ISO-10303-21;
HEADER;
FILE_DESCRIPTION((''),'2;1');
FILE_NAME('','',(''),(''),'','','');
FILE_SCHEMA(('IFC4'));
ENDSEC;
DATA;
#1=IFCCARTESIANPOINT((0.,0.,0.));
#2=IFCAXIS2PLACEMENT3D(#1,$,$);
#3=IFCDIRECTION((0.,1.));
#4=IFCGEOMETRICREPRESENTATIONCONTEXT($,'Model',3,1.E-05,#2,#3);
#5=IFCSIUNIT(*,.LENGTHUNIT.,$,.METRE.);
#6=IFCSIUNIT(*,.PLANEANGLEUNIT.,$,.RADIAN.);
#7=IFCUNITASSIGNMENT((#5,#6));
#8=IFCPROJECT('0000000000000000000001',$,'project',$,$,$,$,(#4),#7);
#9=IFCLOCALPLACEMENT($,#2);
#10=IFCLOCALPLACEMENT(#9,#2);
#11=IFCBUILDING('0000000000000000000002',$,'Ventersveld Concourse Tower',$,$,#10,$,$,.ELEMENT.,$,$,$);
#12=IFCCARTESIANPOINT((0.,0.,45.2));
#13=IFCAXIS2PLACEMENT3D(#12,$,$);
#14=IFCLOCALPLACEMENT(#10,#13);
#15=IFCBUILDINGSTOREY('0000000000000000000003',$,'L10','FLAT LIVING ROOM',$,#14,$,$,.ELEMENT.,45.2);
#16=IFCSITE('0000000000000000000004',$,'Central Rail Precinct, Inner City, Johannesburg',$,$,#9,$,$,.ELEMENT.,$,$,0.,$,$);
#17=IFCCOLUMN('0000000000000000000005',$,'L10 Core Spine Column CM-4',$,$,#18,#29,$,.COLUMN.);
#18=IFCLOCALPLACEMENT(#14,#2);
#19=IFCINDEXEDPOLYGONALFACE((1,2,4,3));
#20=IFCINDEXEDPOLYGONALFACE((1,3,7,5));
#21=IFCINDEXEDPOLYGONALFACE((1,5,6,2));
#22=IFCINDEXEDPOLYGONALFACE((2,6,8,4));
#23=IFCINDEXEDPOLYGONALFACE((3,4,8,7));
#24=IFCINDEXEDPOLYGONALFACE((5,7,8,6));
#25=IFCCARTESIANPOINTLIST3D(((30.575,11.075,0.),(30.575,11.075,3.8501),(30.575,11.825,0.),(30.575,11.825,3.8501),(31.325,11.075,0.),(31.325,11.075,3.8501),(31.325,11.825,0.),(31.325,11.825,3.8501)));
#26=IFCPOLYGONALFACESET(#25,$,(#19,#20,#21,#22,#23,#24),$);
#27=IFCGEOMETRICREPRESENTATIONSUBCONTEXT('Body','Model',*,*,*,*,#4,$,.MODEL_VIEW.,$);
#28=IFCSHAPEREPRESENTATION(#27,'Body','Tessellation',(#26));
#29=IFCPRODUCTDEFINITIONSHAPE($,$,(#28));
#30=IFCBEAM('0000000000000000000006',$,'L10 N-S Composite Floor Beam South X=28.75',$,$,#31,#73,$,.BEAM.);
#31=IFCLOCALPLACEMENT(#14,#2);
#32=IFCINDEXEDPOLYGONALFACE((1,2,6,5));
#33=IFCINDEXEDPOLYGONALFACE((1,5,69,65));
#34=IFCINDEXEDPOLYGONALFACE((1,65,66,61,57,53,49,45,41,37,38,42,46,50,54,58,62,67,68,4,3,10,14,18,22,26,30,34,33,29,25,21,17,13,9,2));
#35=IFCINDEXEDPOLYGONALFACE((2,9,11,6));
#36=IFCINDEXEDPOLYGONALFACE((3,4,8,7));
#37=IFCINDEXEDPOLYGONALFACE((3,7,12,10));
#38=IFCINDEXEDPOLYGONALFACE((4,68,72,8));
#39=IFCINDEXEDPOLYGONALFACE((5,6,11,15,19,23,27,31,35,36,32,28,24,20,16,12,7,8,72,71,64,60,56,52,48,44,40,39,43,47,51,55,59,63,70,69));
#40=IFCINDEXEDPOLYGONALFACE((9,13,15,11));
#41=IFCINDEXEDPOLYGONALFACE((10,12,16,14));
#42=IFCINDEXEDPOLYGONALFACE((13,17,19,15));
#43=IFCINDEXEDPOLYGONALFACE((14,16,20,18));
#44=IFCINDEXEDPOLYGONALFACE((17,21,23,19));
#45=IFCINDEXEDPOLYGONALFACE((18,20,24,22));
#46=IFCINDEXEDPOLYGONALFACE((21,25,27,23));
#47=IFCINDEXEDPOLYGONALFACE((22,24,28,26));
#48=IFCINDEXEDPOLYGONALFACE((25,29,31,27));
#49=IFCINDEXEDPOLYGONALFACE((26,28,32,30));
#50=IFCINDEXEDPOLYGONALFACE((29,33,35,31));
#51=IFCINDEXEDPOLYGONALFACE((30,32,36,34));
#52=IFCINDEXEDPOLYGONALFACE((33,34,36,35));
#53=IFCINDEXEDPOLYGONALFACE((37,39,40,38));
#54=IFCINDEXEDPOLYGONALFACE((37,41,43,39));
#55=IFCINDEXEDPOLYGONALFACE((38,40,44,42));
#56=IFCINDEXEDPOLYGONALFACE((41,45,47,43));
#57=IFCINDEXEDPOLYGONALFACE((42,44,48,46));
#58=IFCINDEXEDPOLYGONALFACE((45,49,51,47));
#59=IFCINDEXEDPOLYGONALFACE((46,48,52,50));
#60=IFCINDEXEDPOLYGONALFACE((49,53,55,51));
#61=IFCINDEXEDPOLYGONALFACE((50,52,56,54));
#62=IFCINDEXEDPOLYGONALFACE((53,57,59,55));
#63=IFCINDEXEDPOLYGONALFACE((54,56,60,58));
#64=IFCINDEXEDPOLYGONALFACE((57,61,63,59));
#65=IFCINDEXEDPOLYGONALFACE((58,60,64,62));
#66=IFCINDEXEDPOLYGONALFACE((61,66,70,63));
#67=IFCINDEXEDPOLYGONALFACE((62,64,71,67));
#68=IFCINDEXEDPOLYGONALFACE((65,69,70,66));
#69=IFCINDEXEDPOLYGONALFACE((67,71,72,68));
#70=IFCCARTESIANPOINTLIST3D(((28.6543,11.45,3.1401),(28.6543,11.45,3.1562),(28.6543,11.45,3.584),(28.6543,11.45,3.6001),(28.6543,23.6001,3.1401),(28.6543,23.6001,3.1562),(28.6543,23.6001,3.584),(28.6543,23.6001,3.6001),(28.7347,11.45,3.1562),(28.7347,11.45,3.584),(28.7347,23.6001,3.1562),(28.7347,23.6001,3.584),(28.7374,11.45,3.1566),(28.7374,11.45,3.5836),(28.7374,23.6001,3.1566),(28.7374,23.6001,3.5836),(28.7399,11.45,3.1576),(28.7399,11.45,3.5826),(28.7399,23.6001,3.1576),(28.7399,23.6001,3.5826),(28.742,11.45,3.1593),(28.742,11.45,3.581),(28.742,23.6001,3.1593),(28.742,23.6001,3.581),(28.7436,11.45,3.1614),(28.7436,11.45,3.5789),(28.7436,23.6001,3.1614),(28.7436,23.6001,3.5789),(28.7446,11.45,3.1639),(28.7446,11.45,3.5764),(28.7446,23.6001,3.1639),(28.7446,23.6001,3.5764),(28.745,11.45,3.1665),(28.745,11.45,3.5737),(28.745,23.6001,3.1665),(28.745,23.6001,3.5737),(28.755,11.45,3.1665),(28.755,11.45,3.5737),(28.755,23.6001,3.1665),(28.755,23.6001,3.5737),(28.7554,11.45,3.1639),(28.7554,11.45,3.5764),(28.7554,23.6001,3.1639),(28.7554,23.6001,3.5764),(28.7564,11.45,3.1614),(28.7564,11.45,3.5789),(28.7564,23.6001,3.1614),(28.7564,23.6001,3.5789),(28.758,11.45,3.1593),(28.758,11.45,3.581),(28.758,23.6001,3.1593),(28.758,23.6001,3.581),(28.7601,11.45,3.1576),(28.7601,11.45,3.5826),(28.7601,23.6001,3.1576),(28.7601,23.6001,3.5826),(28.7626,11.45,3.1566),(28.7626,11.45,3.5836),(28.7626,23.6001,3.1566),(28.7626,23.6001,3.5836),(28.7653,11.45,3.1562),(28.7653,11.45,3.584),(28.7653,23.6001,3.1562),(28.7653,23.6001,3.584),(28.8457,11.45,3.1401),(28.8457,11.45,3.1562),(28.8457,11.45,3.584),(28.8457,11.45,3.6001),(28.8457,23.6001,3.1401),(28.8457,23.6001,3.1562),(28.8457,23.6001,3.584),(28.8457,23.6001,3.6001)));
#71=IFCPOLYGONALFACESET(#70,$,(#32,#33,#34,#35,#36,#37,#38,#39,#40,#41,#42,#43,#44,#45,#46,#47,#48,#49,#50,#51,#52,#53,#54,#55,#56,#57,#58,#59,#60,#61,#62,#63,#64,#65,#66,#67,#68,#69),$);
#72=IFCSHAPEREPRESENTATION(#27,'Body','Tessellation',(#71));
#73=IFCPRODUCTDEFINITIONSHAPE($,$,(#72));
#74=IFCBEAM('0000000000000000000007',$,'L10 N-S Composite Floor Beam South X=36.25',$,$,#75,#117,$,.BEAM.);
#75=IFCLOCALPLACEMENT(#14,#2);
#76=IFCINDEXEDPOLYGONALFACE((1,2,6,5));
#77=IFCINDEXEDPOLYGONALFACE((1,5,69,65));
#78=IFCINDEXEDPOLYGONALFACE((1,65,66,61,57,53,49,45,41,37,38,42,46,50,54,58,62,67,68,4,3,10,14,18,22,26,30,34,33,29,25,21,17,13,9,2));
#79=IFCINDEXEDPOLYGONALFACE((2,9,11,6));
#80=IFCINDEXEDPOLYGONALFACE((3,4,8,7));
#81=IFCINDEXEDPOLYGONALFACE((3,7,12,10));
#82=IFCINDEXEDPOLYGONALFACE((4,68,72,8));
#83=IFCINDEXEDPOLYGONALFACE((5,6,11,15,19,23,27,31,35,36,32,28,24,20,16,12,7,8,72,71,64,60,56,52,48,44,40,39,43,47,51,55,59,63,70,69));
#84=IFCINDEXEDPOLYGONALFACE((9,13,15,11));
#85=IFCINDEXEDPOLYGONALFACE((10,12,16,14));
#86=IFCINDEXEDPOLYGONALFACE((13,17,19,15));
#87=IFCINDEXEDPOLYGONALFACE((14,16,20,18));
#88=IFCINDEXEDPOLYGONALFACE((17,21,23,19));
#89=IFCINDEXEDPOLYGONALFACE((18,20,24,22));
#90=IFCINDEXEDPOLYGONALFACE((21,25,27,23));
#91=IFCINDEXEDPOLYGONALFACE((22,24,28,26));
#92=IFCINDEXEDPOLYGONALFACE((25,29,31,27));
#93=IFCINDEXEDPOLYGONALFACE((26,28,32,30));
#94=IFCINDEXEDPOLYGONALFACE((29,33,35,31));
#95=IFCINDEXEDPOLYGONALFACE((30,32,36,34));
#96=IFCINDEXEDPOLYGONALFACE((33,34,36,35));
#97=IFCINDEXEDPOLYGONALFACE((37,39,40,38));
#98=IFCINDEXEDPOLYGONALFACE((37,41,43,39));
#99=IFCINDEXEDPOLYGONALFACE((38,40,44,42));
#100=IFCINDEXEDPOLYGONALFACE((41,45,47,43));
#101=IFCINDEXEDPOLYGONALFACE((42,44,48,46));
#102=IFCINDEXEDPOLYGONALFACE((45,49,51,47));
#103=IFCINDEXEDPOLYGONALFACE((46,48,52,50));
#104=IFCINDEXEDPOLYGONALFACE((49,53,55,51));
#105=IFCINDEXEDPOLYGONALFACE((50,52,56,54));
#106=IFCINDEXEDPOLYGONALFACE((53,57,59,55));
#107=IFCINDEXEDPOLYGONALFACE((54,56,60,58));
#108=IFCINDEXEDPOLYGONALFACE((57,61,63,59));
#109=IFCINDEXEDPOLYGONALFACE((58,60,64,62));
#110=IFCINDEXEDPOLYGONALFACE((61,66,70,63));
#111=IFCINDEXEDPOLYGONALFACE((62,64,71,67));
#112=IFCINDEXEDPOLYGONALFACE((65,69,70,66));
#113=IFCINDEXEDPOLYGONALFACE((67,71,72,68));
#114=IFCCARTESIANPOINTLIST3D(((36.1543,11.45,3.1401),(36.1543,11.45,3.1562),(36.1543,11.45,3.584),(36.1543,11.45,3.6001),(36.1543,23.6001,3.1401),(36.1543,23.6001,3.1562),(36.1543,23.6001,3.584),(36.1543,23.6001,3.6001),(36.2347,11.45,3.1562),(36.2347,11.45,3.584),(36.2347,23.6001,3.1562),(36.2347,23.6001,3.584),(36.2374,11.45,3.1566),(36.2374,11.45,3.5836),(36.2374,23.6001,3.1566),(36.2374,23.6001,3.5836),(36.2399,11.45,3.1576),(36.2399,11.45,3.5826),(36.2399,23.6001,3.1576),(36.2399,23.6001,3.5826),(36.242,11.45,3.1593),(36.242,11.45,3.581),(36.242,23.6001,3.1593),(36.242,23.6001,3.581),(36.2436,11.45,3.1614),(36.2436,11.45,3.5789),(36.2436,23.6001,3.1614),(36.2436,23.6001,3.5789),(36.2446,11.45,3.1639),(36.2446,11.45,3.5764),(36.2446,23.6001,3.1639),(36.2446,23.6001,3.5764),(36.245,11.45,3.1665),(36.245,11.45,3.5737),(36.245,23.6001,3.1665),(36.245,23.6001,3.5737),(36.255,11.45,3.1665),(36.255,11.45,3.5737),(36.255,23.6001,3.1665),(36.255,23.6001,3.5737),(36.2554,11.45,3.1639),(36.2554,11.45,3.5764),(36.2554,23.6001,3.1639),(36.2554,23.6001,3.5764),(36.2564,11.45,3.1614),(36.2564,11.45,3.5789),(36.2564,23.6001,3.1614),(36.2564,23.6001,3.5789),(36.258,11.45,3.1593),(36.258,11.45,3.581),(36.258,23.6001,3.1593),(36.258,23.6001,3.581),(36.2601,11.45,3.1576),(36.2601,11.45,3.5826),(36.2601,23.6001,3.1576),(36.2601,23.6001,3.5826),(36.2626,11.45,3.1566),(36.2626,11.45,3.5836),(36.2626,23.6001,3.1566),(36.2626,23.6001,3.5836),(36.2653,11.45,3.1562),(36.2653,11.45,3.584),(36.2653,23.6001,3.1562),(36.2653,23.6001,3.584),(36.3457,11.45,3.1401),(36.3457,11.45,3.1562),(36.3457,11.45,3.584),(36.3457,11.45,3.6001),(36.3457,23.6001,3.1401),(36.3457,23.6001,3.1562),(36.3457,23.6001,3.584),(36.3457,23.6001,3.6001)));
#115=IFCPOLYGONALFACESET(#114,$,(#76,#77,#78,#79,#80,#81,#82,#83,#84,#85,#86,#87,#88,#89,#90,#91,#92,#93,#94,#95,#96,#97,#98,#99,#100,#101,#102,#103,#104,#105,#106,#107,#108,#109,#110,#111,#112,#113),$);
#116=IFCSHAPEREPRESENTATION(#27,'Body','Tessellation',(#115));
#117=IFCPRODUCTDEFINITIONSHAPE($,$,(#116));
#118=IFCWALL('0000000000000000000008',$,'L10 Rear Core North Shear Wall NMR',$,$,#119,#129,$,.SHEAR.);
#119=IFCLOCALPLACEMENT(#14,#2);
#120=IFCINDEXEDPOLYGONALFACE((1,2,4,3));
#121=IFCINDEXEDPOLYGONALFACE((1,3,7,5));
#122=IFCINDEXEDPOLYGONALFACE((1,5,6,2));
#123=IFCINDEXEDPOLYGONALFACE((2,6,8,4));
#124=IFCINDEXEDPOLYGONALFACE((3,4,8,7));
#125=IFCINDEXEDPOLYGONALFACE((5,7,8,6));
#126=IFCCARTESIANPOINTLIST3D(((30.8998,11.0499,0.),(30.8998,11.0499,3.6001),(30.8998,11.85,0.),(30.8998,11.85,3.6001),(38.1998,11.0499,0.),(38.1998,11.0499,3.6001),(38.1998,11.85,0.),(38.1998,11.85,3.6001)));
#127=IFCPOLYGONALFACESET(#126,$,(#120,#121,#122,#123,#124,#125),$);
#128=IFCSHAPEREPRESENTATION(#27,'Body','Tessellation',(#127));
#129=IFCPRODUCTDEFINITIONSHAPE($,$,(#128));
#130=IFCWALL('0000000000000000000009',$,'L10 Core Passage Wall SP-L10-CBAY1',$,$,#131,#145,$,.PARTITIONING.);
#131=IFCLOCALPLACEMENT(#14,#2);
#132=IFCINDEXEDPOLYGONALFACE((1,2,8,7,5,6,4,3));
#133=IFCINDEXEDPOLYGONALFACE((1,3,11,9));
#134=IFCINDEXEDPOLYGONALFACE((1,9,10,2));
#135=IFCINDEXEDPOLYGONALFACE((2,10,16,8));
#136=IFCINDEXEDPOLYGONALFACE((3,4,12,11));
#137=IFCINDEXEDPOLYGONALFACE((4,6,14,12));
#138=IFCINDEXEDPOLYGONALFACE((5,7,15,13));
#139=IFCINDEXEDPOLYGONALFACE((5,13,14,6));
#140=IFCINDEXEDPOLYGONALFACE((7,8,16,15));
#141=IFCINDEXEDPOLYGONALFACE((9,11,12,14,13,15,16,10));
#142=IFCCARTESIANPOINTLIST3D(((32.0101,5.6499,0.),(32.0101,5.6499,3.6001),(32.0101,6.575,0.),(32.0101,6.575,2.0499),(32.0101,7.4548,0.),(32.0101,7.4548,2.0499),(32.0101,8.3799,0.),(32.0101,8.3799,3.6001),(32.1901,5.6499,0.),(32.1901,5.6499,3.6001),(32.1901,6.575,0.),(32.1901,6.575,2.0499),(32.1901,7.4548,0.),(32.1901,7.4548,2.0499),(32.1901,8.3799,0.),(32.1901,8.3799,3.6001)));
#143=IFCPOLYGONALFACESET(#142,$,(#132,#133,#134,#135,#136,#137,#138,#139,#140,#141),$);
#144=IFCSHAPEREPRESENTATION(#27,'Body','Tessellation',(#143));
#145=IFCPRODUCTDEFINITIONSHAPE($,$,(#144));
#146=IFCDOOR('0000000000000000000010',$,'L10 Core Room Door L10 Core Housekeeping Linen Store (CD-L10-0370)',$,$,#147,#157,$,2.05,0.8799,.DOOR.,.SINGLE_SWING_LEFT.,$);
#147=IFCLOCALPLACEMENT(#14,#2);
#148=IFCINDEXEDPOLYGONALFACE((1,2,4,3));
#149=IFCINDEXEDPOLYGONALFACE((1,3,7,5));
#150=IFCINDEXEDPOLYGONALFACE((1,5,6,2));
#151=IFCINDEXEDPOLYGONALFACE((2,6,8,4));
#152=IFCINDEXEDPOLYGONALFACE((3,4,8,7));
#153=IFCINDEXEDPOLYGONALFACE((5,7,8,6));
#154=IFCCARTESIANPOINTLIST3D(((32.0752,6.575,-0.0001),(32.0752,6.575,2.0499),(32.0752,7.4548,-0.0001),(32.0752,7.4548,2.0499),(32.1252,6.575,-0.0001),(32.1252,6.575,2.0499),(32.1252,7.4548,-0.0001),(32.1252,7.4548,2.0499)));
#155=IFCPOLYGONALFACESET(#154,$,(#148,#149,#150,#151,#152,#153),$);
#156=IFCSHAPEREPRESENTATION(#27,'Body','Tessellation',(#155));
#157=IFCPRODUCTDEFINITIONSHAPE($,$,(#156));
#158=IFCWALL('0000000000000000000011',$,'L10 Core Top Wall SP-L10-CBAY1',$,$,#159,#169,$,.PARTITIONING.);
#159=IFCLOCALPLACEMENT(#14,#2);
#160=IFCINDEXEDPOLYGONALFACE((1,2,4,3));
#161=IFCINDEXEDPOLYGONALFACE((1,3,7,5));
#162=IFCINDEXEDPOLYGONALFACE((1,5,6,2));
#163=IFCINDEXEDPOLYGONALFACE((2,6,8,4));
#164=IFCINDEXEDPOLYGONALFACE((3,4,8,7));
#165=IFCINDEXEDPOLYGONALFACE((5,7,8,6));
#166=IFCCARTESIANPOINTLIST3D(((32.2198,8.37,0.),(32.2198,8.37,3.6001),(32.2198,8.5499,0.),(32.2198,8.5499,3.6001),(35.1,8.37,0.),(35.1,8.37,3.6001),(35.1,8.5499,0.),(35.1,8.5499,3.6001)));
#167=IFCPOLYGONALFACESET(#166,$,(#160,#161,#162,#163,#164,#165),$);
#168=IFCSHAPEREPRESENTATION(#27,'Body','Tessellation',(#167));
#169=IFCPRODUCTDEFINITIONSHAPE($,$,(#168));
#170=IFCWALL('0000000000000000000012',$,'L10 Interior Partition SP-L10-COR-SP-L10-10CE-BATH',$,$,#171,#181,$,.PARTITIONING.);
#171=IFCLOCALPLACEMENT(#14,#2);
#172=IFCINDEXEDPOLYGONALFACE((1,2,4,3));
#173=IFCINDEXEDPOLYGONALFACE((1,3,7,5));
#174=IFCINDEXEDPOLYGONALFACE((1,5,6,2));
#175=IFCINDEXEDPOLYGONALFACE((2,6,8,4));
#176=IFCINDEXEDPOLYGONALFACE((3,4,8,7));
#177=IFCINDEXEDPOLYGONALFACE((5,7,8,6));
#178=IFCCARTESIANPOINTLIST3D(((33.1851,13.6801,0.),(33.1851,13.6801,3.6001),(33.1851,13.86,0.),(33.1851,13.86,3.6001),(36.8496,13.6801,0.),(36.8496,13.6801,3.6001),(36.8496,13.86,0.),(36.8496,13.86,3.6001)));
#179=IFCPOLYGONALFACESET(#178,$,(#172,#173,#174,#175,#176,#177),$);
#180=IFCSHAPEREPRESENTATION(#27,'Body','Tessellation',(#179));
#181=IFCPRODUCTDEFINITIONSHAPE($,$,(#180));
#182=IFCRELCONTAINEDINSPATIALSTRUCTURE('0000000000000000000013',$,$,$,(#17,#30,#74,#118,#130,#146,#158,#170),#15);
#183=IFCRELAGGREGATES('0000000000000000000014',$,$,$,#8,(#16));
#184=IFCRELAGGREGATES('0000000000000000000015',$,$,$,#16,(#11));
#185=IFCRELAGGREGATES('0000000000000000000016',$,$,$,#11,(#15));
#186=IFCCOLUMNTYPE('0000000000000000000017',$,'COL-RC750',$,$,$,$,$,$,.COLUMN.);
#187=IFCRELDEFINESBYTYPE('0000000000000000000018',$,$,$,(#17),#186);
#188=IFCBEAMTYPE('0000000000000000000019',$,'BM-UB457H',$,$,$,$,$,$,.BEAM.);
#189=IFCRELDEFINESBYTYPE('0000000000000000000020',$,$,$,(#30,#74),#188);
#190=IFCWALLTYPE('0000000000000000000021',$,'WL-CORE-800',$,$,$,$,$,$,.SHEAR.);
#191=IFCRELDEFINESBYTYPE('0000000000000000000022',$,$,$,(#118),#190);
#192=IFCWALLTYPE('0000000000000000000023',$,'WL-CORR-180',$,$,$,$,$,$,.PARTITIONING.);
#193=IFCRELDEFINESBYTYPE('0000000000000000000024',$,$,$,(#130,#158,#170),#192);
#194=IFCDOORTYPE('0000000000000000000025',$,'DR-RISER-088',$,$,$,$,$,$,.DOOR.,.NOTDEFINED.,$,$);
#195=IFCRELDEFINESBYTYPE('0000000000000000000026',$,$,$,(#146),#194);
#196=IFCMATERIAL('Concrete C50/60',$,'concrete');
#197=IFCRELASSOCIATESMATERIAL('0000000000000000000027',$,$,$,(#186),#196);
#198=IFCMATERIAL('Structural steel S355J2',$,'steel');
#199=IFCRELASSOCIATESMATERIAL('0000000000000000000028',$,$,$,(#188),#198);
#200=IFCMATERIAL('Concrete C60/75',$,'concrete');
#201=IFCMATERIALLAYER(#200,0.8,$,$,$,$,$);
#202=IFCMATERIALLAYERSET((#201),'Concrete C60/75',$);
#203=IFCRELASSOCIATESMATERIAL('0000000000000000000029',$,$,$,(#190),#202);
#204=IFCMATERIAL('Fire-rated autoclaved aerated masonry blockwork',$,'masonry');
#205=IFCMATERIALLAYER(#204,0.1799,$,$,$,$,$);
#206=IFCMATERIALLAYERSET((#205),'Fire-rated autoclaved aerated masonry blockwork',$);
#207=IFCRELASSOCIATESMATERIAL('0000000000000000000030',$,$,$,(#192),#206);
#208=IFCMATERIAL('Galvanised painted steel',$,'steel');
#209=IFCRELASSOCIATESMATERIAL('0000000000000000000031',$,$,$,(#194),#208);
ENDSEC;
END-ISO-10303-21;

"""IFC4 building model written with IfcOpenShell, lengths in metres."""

from ifc_helpers import new_model, si_unit, direction, frame, frame_2d, origin, origin_2d, place, context, subcontext, project, spatial, rectangle, i_section, extrude, material, layer, layer_set, material_profile, profile_set, type_object, element, fill, save


model = new_model("IFC4")

# Units and contexts
model_context = context("Model", 3, precision=1e-05, world=origin(), true_north=direction((0.0, 1.0)))
body_context = subcontext(model_context, "Body", "Model", "MODEL_VIEW")
ifc_project = project(units=[si_unit("LENGTHUNIT", "METRE"), si_unit("PLANEANGLEUNIT", "RADIAN")], contexts=[model_context])

# Site, building, storey
site_placement = place(None, origin())
site = spatial("IfcSite", under=ifc_project, at=site_placement, Name="Central Rail Precinct, Inner City, Johannesburg", CompositionType="ELEMENT", RefElevation=0.0)
building_placement = place(site_placement, origin())
building = spatial("IfcBuilding", under=site, at=building_placement, Name="Ventersveld Concourse Tower", CompositionType="ELEMENT")
storey_placement = place(building_placement, frame((0.0, 0.0, 45.2)))
storey = spatial("IfcBuildingStorey", under=building, at=storey_placement, Name="L10", Description="FLAT LIVING ROOM", CompositionType="ELEMENT", Elevation=45.2)

# Column
ifc_material_1 = material(Name="Concrete C50/60", Category="concrete")
ifc_material_profile_1 = material_profile(ifc_material_1, rectangle(XDim=0.75, YDim=0.75, at=origin_2d()), Name="RC 750x750")
ifc_profile_set_1 = profile_set([ifc_material_profile_1], Name="Concrete C50/60")
column_type = type_object("IfcColumnType", Name="COL-RC750", PredefinedType="COLUMN", material=ifc_profile_set_1)
column_placement = place(storey_placement, frame((30.95, 11.45, 0.0), z_axis=(0.0, 0.0, 1.0), x_axis=(1.0, 0.0, 0.0)))
element("IfcColumn", 1, at=column_placement, inside=storey, type_object=column_type, Name="L10 Core Spine Column CM-4", PredefinedType="COLUMN", context=body_context, shape_type="SweptSolid", body=[
    extrude(rectangle(XDim=0.75, YDim=0.75, at=origin_2d()), origin(), (0.0, 0.0, 1.0), 3.8501),
])

# Beams
ifc_material_2 = material(Name="Structural steel S355J2", Category="steel")
ifc_material_profile_2 = material_profile(ifc_material_2, i_section(OverallWidth=0.1914, OverallDepth=0.46, WebThickness=0.01, FlangeThickness=0.0161, FilletRadius=0.0103, at=origin_2d()), Name="UB 457x191x82")
ifc_profile_set_2 = profile_set([ifc_material_profile_2], Name="Structural steel S355J2")
beam_type = type_object("IfcBeamType", Name="BM-UB457H", PredefinedType="BEAM", material=ifc_profile_set_2)
for number, where, z_axis, x_axis, name in (
    (2, (28.75, 11.45, 3.3701), (0.0, 1.0, 0.0), (-1.0, 0.0, 0.0), "L10 N-S Composite Floor Beam South X=28.75"),
    (3, (36.25, 11.45, 3.3701), (0.0, 1.0, 0.0), (-1.0, 0.0, 0.0), "L10 N-S Composite Floor Beam South X=36.25"),
):
    element("IfcBeam", number, at=place(storey_placement, frame(where, z_axis=z_axis, x_axis=x_axis)), inside=storey, type_object=beam_type, Name=name, PredefinedType="BEAM", context=body_context, shape_type="SweptSolid", body=[
        extrude(i_section(OverallWidth=0.1914, OverallDepth=0.46, WebThickness=0.01, FlangeThickness=0.0161, FilletRadius=0.0103, at=origin_2d()), origin(), (0.0, 0.0, 1.0), 12.1501),
    ])

# Wall
ifc_material_3 = material(Name="Concrete C60/75", Category="concrete")
ifc_layer_1 = layer(ifc_material_3, 0.8)
ifc_layer_set_1 = layer_set([ifc_layer_1], Name="Concrete C60/75")
wall_type_1 = type_object("IfcWallType", Name="WL-CORE-800", PredefinedType="SHEAR", material=ifc_layer_set_1)
wall_1_placement = place(storey_placement, frame((30.8999, 11.45, 0.0), z_axis=(0.0, 0.0, 1.0), x_axis=(1.0, 0.0, 0.0)))
element("IfcWall", 4, at=wall_1_placement, inside=storey, type_object=wall_type_1, Name="L10 Rear Core North Shear Wall NMR", PredefinedType="SHEAR", context=body_context, shape_type="SweptSolid", body=[
    extrude(rectangle(XDim=7.3, YDim=0.8, at=frame_2d((3.6499, 0.0))), origin(), (0.0, 0.0, 1.0), 3.6001),
])

# Wall, opening, door
ifc_material_4 = material(Name="Fire-rated autoclaved aerated masonry blockwork", Category="masonry")
ifc_layer_2 = layer(ifc_material_4, 0.1799)
ifc_layer_set_2 = layer_set([ifc_layer_2], Name="Fire-rated autoclaved aerated masonry blockwork")
wall_type_2 = type_object("IfcWallType", Name="WL-CORR-180", PredefinedType="PARTITIONING", material=ifc_layer_set_2)
wall_2_placement = place(storey_placement, frame((32.1001, 5.6499, 0.0), z_axis=(0.0, 0.0, 1.0), x_axis=(0.0, 1.0, 0.0)))
wall_2 = element("IfcWall", 5, at=wall_2_placement, inside=storey, type_object=wall_type_2, Name="L10 Core Passage Wall SP-L10-CBAY1", PredefinedType="PARTITIONING", context=body_context, shape_type="SweptSolid", body=[
    extrude(rectangle(XDim=2.73, YDim=0.1799, at=frame_2d((1.365, 0.0))), origin(), (0.0, 0.0, 1.0), 3.6001),
])
opening_1_placement = place(wall_2_placement, frame((0.925, 0.0, 0.0)))
opening_1 = element("IfcOpeningElement", 6, at=opening_1_placement, cuts=wall_2, PredefinedType="OPENING", context=body_context, shape_type="SweptSolid", body=[
    extrude(rectangle(XDim=0.8799, YDim=2.05, at=frame_2d((0.4399, 1.0249))), frame((0.0, 0.1001, 0.0), z_axis=(0.0, -1.0, 0.0), x_axis=(1.0, 0.0, 0.0)), (0.0, 0.0, 1.0), 0.2),
])
ifc_material_5 = material(Name="Galvanised painted steel", Category="steel")
door_type_1 = type_object("IfcDoorType", Name="DR-RISER-088", OperationType="NOTDEFINED", PredefinedType="DOOR", material=ifc_material_5)
door_1_placement = place(opening_1_placement, origin())
door_1 = element("IfcDoor", 7, at=door_1_placement, inside=storey, type_object=door_type_1, Name="L10 Core Room Door L10 Core Housekeeping Linen Store (CD-L10-0370)", OperationType="SINGLE_SWING_LEFT", OverallHeight=2.05, OverallWidth=0.8799, PredefinedType="DOOR", context=body_context, shape_type="SweptSolid", body=[
    extrude(rectangle(XDim=0.8799, YDim=2.05, at=frame_2d((0.4399, 1.0249))), frame((0.0, 0.0249, 0.0), z_axis=(0.0, -1.0, 0.0), x_axis=(1.0, 0.0, 0.0)), (0.0, 0.0, 1.0), 0.05),
])
fill(opening_1, door_1)

# Wall
wall_3_placement = place(storey_placement, frame((32.22, 8.46, 0.0), z_axis=(0.0, 0.0, 1.0), x_axis=(1.0, 0.0, 0.0)))
element("IfcWall", 8, at=wall_3_placement, inside=storey, type_object=wall_type_2, Name="L10 Core Top Wall SP-L10-CBAY1", PredefinedType="PARTITIONING", context=body_context, shape_type="SweptSolid", body=[
    extrude(rectangle(XDim=2.8801, YDim=0.1799, at=frame_2d((1.4399, 0.0))), origin(), (0.0, 0.0, 1.0), 3.6001),
])

# Wall
wall_4_placement = place(storey_placement, frame((33.1851, 13.77, 0.0), z_axis=(0.0, 0.0, 1.0), x_axis=(1.0, 0.0, 0.0)))
element("IfcWall", 9, at=wall_4_placement, inside=storey, type_object=wall_type_2, Name="L10 Interior Partition SP-L10-COR-SP-L10-10CE-BATH", PredefinedType="PARTITIONING", context=body_context, shape_type="SweptSolid", body=[
    extrude(rectangle(XDim=3.6646, YDim=0.1799, at=frame_2d((1.8323, 0.0))), origin(), (0.0, 0.0, 1.0), 3.6001),
])

save(model, "model.ifc")
